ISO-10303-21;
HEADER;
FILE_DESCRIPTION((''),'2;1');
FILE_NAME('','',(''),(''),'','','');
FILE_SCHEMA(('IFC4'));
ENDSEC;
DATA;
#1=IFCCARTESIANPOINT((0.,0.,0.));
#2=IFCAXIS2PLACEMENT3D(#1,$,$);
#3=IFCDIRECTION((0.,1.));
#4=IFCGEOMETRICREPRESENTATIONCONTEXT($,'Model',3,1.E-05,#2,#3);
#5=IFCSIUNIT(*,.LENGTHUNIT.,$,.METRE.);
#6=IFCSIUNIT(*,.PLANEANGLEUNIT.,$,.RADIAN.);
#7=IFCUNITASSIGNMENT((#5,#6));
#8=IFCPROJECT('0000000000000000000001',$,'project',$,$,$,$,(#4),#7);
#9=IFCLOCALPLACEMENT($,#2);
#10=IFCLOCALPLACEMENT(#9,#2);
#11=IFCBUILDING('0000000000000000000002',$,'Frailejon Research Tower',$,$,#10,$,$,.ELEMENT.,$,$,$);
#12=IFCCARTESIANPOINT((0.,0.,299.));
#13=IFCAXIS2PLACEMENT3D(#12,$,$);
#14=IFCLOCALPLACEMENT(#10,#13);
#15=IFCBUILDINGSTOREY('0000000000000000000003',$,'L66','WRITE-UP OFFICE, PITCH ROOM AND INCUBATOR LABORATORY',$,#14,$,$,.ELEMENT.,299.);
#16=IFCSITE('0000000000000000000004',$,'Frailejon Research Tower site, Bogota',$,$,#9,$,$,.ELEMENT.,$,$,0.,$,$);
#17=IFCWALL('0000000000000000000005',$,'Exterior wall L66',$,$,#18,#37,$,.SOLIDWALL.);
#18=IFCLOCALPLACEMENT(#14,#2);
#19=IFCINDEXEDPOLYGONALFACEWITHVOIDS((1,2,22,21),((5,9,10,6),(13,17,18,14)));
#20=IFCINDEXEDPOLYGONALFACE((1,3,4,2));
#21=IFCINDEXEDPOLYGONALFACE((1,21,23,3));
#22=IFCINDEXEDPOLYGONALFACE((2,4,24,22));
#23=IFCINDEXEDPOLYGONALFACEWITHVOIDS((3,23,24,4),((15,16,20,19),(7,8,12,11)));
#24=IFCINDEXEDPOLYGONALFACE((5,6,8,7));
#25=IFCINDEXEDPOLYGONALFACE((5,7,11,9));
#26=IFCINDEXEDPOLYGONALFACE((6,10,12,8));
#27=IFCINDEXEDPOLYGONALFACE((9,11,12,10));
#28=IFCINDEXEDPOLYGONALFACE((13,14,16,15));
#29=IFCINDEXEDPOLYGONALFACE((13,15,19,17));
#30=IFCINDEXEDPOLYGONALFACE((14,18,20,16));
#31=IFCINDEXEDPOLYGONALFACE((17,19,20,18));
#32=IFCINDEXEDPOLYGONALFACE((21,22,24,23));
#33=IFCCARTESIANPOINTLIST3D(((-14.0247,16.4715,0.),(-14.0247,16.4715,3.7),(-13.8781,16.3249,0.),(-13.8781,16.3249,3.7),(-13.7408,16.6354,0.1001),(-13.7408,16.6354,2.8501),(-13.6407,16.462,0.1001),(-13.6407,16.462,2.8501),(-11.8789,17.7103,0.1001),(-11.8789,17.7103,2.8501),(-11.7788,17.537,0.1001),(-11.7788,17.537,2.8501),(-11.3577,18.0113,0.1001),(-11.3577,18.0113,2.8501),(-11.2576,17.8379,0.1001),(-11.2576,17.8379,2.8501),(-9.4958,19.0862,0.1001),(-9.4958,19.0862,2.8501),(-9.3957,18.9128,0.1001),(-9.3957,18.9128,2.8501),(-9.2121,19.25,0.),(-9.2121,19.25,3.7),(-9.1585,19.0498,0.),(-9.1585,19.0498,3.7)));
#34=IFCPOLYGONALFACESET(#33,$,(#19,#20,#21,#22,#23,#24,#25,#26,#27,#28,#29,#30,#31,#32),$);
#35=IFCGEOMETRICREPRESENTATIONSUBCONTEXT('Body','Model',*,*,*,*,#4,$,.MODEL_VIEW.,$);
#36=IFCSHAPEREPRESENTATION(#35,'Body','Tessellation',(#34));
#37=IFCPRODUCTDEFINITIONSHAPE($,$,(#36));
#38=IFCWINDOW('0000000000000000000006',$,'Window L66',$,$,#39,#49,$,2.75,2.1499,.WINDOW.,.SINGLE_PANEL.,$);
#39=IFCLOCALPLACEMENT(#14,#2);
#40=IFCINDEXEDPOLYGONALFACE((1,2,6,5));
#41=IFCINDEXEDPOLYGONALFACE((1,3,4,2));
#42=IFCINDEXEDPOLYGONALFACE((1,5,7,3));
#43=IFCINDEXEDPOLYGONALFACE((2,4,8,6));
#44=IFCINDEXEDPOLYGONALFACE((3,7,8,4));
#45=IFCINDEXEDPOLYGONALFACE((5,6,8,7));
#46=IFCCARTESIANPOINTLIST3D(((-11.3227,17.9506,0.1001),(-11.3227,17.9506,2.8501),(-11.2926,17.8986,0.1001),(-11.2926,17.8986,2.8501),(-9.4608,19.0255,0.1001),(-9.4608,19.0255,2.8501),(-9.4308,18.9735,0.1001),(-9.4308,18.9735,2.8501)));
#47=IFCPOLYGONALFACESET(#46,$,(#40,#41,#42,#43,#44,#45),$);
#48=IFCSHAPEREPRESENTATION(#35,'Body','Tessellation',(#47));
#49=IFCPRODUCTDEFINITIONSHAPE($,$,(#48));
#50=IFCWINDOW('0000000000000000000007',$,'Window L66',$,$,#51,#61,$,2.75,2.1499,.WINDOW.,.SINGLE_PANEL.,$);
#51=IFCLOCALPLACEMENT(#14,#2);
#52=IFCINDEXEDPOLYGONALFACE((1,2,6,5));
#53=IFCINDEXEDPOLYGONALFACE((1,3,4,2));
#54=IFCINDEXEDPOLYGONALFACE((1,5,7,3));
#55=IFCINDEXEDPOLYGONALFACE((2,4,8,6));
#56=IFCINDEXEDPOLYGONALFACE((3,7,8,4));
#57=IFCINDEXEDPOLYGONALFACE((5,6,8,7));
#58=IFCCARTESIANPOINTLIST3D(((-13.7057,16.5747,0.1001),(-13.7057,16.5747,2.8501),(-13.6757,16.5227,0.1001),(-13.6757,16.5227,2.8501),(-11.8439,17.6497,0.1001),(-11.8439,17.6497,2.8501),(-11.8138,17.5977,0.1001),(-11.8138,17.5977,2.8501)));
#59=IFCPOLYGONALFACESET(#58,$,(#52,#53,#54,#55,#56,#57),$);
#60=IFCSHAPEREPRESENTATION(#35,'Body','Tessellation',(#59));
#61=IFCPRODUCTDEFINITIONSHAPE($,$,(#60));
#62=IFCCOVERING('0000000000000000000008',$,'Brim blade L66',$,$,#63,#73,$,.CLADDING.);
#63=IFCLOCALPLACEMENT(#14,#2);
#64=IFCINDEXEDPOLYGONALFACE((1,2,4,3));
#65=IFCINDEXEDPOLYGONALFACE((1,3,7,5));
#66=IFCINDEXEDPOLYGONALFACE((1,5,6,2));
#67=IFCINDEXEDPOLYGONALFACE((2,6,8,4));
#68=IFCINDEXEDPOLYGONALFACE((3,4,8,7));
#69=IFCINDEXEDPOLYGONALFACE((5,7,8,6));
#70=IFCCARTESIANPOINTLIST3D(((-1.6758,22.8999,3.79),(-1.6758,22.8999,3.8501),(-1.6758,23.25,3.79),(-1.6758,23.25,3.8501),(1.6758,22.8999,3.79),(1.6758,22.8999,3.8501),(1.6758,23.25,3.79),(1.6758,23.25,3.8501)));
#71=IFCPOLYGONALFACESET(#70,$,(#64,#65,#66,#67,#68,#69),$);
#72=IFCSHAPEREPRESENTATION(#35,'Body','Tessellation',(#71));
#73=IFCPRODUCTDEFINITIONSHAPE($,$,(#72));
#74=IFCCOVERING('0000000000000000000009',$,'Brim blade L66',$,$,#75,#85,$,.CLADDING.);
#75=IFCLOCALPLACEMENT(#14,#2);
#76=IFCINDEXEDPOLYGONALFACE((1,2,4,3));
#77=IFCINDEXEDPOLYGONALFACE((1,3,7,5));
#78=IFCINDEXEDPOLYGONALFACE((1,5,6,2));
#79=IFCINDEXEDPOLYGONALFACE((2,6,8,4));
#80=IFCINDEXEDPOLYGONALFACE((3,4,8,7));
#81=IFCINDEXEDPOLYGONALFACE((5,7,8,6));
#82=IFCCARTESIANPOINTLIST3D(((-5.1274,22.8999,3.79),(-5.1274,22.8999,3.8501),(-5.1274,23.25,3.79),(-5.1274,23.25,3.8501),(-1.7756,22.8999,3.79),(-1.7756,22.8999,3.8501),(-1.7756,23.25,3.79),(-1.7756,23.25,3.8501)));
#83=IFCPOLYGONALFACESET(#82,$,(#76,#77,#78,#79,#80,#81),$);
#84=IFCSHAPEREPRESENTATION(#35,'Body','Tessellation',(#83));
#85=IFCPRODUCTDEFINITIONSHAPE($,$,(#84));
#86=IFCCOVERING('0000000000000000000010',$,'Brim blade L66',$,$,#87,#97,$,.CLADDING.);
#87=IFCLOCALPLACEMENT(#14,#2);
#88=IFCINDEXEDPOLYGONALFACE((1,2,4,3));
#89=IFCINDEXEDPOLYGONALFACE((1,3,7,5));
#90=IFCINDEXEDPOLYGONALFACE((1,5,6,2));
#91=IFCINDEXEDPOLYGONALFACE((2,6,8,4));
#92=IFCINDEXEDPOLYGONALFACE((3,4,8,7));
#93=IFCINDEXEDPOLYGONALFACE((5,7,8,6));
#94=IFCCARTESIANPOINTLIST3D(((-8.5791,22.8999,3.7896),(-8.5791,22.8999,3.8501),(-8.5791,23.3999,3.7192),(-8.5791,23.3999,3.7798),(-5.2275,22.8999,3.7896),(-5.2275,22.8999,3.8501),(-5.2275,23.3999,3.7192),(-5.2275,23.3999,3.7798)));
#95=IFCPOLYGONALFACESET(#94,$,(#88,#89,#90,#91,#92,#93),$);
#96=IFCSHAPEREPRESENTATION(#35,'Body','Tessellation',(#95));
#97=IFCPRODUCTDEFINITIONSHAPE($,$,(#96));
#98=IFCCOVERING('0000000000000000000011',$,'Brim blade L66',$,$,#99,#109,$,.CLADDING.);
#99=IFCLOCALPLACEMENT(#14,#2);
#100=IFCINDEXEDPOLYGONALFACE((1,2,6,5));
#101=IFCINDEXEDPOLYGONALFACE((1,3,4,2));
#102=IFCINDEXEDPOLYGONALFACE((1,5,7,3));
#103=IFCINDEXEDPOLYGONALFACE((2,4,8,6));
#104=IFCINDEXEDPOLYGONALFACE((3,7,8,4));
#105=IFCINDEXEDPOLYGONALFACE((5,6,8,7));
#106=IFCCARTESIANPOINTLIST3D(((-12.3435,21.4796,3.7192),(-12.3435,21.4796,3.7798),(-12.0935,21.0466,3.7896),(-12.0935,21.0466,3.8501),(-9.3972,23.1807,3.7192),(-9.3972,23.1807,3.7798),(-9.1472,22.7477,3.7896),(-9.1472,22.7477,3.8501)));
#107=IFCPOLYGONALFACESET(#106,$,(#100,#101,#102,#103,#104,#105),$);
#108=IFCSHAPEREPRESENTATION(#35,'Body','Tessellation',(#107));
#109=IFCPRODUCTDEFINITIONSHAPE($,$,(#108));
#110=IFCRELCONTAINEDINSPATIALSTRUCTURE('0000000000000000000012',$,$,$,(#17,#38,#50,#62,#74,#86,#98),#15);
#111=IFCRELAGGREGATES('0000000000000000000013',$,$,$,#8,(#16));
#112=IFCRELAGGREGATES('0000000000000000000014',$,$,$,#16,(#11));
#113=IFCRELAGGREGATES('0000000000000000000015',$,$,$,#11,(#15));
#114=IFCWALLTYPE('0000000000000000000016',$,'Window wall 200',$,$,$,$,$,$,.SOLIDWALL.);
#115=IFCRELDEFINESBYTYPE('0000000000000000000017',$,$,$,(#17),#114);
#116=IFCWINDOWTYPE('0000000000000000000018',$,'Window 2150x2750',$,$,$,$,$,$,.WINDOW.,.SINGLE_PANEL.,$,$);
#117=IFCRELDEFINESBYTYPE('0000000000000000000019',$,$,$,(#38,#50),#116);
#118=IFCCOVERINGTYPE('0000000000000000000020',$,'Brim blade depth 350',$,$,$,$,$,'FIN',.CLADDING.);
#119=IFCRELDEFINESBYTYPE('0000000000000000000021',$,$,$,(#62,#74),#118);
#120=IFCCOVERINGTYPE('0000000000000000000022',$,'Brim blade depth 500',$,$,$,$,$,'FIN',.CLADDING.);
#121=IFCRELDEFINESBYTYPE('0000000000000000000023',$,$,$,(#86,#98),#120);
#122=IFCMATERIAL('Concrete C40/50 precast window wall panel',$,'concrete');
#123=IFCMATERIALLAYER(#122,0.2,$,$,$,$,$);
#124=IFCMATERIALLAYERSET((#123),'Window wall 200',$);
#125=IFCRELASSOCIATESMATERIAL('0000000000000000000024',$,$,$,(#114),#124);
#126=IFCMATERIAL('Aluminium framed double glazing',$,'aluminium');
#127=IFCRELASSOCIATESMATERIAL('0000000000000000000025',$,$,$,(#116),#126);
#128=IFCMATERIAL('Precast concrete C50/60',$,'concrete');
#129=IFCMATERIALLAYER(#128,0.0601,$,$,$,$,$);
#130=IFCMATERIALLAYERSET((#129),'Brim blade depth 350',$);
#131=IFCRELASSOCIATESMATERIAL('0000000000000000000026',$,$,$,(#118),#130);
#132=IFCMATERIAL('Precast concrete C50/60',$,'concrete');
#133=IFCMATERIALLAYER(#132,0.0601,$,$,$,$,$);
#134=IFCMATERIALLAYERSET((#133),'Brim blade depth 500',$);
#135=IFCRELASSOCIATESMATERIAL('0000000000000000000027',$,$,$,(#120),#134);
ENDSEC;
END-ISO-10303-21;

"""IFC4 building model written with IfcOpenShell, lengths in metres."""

from ifc_helpers import new_model, si_unit, direction, frame, frame_2d, origin, place, context, subcontext, project, spatial, polyline, rectangle, outline, extrude, material, layer, layer_set, type_object, element, fill, save


model = new_model("IFC4")

# Units and contexts
model_context = context("Model", 3, precision=1e-05, world=origin(), true_north=direction((0.0, 1.0)))
body_context = subcontext(model_context, "Body", "Model", "MODEL_VIEW")
ifc_project = project(units=[si_unit("LENGTHUNIT", "METRE"), si_unit("PLANEANGLEUNIT", "RADIAN")], contexts=[model_context])

# Site, building, storey
site_placement = place(None, origin())
site = spatial("IfcSite", under=ifc_project, at=site_placement, Name="Frailejon Research Tower site, Bogota", CompositionType="ELEMENT", RefElevation=0.0)
building_placement = place(site_placement, origin())
building = spatial("IfcBuilding", under=site, at=building_placement, Name="Frailejon Research Tower", CompositionType="ELEMENT")
storey_placement = place(building_placement, frame((0.0, 0.0, 299.0)))
storey = spatial("IfcBuildingStorey", under=building, at=storey_placement, Name="L66", Description="WRITE-UP OFFICE, PITCH ROOM AND INCUBATOR LABORATORY", CompositionType="ELEMENT", Elevation=299.0)

# Wall, openings, windows
ifc_material_1 = material(Name="Concrete C40/50 precast window wall panel", Category="concrete")
ifc_layer_1 = layer(ifc_material_1, 0.2)
ifc_layer_set_1 = layer_set([ifc_layer_1], Name="Window wall 200")
wall_type = type_object("IfcWallType", Name="Window wall 200", PredefinedType="SOLIDWALL", material=ifc_layer_set_1)
wall_placement = place(storey_placement, frame((-9.1853, 19.1499, 0.0), z_axis=(0.0, 0.0, 1.0), x_axis=(-0.866026, -0.499999, 0.0)))
wall = element("IfcWall", 1, at=wall_placement, inside=storey, type_object=wall_type, Name="Exterior wall L66", PredefinedType="SOLIDWALL", context=body_context, shape_type="SweptSolid", body=[
    extrude(outline(polyline([(-0.0269, -0.1001), (1.0845, -0.1001), (2.196, -0.1001), (3.3074, -0.1001), (4.4189, -0.1001), (5.5303, -0.1001), (5.4766, 0.1001), (4.3867, 0.1001), (3.2966, 0.1001), (2.2068, 0.1001), (1.1167, 0.1001), (0.0269, 0.1001), (-0.0269, -0.1001)])), origin(), (0.0, 0.0, 1.0), 3.7),
])
opening_1_placement = place(wall_placement, frame((0.3008, 0.0, 0.1001)))
opening_1 = element("IfcOpeningElement", 2, at=opening_1_placement, cuts=wall, PredefinedType="OPENING", context=body_context, shape_type="SweptSolid", body=[
    extrude(rectangle(XDim=2.1499, YDim=2.75, at=frame_2d((1.075, 1.375))), frame((0.0, 0.1099, 0.0), z_axis=(0.0, -1.0, 0.0), x_axis=(1.0, 0.0, 0.0)), (0.0, 0.0, 1.0), 0.22),
])
opening_2_placement = place(wall_placement, frame((3.0525, 0.0, 0.1001)))
opening_2 = element("IfcOpeningElement", 3, at=opening_2_placement, cuts=wall, PredefinedType="OPENING", context=body_context, shape_type="SweptSolid", body=[
    extrude(rectangle(XDim=2.1499, YDim=2.75, at=frame_2d((1.075, 1.375))), frame((0.0, 0.1099, 0.0), z_axis=(0.0, -1.0, 0.0), x_axis=(1.0, 0.0, 0.0)), (0.0, 0.0, 1.0), 0.22),
])
ifc_material_2 = material(Name="Aluminium framed double glazing", Category="aluminium")
window_type = type_object("IfcWindowType", Name="Window 2150x2750", PartitioningType="SINGLE_PANEL", PredefinedType="WINDOW", material=ifc_material_2)
window_1_placement = place(opening_1_placement, origin())
window_1 = element("IfcWindow", 4, at=window_1_placement, inside=storey, type_object=window_type, Name="Window L66", OverallHeight=2.75, OverallWidth=2.1499, PartitioningType="SINGLE_PANEL", PredefinedType="WINDOW", context=body_context, shape_type="SweptSolid", body=[
    extrude(rectangle(XDim=2.1499, YDim=2.75, at=frame_2d((1.075, 1.375))), frame((0.0, 0.03, 0.0), z_axis=(0.0, -1.0, 0.0), x_axis=(1.0, 0.0, 0.0)), (0.0, 0.0, 1.0), 0.0601),
])
fill(opening_1, window_1)
window_2_placement = place(opening_2_placement, origin())
window_2 = element("IfcWindow", 5, at=window_2_placement, inside=storey, type_object=window_type, Name="Window L66", OverallHeight=2.75, OverallWidth=2.1499, PartitioningType="SINGLE_PANEL", PredefinedType="WINDOW", context=body_context, shape_type="SweptSolid", body=[
    extrude(rectangle(XDim=2.1499, YDim=2.75, at=frame_2d((1.075, 1.375))), frame((0.0, 0.03, 0.0), z_axis=(0.0, -1.0, 0.0), x_axis=(1.0, 0.0, 0.0)), (0.0, 0.0, 1.0), 0.0601),
])
fill(opening_2, window_2)

# Coverings
ifc_material_3 = material(Name="Precast concrete C50/60", Category="concrete")
ifc_layer_2 = layer(ifc_material_3, 0.0601)
ifc_layer_set_2 = layer_set([ifc_layer_2], Name="Brim blade depth 350")
covering_type_1 = type_object("IfcCoveringType", Name="Brim blade depth 350", ElementType="FIN", PredefinedType="CLADDING", material=ifc_layer_set_2)
covering_1_placement = place(storey_placement, frame((-1.6758, 22.8999, 3.8501), z_axis=(1.0, 0.0, 0.0), x_axis=(0.0, 1.0, 0.0)))
element("IfcCovering", 6, at=covering_1_placement, inside=storey, type_object=covering_type_1, Name="Brim blade L66", PredefinedType="CLADDING", context=body_context, shape_type="SweptSolid", body=[
    extrude(outline(polyline([(0.0, -0.0601), (0.3501, -0.0601), (0.3501, 0.0), (0.0, 0.0), (0.0, -0.0601)])), origin(), (0.0, 0.0, 1.0), 3.3516),
])
covering_2_placement = place(storey_placement, frame((-5.1274, 22.8999, 3.8501), z_axis=(1.0, 0.0, 0.0), x_axis=(0.0, 1.0, 0.0)))
element("IfcCovering", 7, at=covering_2_placement, inside=storey, type_object=covering_type_1, Name="Brim blade L66", PredefinedType="CLADDING", context=body_context, shape_type="SweptSolid", body=[
    extrude(outline(polyline([(0.0, -0.0601), (0.3501, -0.0601), (0.3501, 0.0), (0.0, 0.0), (0.0, -0.0601)])), origin(), (0.0, 0.0, 1.0), 3.3518),
])
ifc_material_4 = material(Name="Precast concrete C50/60", Category="concrete")
ifc_layer_3 = layer(ifc_material_4, 0.0601)
ifc_layer_set_3 = layer_set([ifc_layer_3], Name="Brim blade depth 500")
covering_type_2 = type_object("IfcCoveringType", Name="Brim blade depth 500", ElementType="FIN", PredefinedType="CLADDING", material=ifc_layer_set_3)
covering_3_placement = place(storey_placement, frame((-8.5791, 22.8999, 3.8501), z_axis=(1.0, 0.0, 0.0), x_axis=(0.0, 1.0, 0.0)))
element("IfcCovering", 8, at=covering_3_placement, inside=storey, type_object=covering_type_2, Name="Brim blade L66", PredefinedType="CLADDING", context=body_context, shape_type="SweptSolid", body=[
    extrude(outline(polyline([(0.0, -0.0605), (0.5, -0.1309), (0.5, -0.0703), (0.0, 0.0), (0.0, -0.0605)])), origin(), (0.0, 0.0, 1.0), 3.3516),
])
covering_4_placement = place(storey_placement, frame((-12.0935, 21.0466, 3.8501), z_axis=(0.866024, 0.500003, 0.0), x_axis=(-0.500003, 0.866024, 0.0)))
element("IfcCovering", 9, at=covering_4_placement, inside=storey, type_object=covering_type_2, Name="Brim blade L66", PredefinedType="CLADDING", context=body_context, shape_type="SweptSolid", body=[
    extrude(outline(polyline([(0.0, -0.0605), (0.5, -0.1309), (0.5, -0.0703), (0.0, 0.0), (0.0, -0.0605)])), origin(), (0.0, 0.0, 1.0), 3.4021),
])

save(model, "model.ifc")
